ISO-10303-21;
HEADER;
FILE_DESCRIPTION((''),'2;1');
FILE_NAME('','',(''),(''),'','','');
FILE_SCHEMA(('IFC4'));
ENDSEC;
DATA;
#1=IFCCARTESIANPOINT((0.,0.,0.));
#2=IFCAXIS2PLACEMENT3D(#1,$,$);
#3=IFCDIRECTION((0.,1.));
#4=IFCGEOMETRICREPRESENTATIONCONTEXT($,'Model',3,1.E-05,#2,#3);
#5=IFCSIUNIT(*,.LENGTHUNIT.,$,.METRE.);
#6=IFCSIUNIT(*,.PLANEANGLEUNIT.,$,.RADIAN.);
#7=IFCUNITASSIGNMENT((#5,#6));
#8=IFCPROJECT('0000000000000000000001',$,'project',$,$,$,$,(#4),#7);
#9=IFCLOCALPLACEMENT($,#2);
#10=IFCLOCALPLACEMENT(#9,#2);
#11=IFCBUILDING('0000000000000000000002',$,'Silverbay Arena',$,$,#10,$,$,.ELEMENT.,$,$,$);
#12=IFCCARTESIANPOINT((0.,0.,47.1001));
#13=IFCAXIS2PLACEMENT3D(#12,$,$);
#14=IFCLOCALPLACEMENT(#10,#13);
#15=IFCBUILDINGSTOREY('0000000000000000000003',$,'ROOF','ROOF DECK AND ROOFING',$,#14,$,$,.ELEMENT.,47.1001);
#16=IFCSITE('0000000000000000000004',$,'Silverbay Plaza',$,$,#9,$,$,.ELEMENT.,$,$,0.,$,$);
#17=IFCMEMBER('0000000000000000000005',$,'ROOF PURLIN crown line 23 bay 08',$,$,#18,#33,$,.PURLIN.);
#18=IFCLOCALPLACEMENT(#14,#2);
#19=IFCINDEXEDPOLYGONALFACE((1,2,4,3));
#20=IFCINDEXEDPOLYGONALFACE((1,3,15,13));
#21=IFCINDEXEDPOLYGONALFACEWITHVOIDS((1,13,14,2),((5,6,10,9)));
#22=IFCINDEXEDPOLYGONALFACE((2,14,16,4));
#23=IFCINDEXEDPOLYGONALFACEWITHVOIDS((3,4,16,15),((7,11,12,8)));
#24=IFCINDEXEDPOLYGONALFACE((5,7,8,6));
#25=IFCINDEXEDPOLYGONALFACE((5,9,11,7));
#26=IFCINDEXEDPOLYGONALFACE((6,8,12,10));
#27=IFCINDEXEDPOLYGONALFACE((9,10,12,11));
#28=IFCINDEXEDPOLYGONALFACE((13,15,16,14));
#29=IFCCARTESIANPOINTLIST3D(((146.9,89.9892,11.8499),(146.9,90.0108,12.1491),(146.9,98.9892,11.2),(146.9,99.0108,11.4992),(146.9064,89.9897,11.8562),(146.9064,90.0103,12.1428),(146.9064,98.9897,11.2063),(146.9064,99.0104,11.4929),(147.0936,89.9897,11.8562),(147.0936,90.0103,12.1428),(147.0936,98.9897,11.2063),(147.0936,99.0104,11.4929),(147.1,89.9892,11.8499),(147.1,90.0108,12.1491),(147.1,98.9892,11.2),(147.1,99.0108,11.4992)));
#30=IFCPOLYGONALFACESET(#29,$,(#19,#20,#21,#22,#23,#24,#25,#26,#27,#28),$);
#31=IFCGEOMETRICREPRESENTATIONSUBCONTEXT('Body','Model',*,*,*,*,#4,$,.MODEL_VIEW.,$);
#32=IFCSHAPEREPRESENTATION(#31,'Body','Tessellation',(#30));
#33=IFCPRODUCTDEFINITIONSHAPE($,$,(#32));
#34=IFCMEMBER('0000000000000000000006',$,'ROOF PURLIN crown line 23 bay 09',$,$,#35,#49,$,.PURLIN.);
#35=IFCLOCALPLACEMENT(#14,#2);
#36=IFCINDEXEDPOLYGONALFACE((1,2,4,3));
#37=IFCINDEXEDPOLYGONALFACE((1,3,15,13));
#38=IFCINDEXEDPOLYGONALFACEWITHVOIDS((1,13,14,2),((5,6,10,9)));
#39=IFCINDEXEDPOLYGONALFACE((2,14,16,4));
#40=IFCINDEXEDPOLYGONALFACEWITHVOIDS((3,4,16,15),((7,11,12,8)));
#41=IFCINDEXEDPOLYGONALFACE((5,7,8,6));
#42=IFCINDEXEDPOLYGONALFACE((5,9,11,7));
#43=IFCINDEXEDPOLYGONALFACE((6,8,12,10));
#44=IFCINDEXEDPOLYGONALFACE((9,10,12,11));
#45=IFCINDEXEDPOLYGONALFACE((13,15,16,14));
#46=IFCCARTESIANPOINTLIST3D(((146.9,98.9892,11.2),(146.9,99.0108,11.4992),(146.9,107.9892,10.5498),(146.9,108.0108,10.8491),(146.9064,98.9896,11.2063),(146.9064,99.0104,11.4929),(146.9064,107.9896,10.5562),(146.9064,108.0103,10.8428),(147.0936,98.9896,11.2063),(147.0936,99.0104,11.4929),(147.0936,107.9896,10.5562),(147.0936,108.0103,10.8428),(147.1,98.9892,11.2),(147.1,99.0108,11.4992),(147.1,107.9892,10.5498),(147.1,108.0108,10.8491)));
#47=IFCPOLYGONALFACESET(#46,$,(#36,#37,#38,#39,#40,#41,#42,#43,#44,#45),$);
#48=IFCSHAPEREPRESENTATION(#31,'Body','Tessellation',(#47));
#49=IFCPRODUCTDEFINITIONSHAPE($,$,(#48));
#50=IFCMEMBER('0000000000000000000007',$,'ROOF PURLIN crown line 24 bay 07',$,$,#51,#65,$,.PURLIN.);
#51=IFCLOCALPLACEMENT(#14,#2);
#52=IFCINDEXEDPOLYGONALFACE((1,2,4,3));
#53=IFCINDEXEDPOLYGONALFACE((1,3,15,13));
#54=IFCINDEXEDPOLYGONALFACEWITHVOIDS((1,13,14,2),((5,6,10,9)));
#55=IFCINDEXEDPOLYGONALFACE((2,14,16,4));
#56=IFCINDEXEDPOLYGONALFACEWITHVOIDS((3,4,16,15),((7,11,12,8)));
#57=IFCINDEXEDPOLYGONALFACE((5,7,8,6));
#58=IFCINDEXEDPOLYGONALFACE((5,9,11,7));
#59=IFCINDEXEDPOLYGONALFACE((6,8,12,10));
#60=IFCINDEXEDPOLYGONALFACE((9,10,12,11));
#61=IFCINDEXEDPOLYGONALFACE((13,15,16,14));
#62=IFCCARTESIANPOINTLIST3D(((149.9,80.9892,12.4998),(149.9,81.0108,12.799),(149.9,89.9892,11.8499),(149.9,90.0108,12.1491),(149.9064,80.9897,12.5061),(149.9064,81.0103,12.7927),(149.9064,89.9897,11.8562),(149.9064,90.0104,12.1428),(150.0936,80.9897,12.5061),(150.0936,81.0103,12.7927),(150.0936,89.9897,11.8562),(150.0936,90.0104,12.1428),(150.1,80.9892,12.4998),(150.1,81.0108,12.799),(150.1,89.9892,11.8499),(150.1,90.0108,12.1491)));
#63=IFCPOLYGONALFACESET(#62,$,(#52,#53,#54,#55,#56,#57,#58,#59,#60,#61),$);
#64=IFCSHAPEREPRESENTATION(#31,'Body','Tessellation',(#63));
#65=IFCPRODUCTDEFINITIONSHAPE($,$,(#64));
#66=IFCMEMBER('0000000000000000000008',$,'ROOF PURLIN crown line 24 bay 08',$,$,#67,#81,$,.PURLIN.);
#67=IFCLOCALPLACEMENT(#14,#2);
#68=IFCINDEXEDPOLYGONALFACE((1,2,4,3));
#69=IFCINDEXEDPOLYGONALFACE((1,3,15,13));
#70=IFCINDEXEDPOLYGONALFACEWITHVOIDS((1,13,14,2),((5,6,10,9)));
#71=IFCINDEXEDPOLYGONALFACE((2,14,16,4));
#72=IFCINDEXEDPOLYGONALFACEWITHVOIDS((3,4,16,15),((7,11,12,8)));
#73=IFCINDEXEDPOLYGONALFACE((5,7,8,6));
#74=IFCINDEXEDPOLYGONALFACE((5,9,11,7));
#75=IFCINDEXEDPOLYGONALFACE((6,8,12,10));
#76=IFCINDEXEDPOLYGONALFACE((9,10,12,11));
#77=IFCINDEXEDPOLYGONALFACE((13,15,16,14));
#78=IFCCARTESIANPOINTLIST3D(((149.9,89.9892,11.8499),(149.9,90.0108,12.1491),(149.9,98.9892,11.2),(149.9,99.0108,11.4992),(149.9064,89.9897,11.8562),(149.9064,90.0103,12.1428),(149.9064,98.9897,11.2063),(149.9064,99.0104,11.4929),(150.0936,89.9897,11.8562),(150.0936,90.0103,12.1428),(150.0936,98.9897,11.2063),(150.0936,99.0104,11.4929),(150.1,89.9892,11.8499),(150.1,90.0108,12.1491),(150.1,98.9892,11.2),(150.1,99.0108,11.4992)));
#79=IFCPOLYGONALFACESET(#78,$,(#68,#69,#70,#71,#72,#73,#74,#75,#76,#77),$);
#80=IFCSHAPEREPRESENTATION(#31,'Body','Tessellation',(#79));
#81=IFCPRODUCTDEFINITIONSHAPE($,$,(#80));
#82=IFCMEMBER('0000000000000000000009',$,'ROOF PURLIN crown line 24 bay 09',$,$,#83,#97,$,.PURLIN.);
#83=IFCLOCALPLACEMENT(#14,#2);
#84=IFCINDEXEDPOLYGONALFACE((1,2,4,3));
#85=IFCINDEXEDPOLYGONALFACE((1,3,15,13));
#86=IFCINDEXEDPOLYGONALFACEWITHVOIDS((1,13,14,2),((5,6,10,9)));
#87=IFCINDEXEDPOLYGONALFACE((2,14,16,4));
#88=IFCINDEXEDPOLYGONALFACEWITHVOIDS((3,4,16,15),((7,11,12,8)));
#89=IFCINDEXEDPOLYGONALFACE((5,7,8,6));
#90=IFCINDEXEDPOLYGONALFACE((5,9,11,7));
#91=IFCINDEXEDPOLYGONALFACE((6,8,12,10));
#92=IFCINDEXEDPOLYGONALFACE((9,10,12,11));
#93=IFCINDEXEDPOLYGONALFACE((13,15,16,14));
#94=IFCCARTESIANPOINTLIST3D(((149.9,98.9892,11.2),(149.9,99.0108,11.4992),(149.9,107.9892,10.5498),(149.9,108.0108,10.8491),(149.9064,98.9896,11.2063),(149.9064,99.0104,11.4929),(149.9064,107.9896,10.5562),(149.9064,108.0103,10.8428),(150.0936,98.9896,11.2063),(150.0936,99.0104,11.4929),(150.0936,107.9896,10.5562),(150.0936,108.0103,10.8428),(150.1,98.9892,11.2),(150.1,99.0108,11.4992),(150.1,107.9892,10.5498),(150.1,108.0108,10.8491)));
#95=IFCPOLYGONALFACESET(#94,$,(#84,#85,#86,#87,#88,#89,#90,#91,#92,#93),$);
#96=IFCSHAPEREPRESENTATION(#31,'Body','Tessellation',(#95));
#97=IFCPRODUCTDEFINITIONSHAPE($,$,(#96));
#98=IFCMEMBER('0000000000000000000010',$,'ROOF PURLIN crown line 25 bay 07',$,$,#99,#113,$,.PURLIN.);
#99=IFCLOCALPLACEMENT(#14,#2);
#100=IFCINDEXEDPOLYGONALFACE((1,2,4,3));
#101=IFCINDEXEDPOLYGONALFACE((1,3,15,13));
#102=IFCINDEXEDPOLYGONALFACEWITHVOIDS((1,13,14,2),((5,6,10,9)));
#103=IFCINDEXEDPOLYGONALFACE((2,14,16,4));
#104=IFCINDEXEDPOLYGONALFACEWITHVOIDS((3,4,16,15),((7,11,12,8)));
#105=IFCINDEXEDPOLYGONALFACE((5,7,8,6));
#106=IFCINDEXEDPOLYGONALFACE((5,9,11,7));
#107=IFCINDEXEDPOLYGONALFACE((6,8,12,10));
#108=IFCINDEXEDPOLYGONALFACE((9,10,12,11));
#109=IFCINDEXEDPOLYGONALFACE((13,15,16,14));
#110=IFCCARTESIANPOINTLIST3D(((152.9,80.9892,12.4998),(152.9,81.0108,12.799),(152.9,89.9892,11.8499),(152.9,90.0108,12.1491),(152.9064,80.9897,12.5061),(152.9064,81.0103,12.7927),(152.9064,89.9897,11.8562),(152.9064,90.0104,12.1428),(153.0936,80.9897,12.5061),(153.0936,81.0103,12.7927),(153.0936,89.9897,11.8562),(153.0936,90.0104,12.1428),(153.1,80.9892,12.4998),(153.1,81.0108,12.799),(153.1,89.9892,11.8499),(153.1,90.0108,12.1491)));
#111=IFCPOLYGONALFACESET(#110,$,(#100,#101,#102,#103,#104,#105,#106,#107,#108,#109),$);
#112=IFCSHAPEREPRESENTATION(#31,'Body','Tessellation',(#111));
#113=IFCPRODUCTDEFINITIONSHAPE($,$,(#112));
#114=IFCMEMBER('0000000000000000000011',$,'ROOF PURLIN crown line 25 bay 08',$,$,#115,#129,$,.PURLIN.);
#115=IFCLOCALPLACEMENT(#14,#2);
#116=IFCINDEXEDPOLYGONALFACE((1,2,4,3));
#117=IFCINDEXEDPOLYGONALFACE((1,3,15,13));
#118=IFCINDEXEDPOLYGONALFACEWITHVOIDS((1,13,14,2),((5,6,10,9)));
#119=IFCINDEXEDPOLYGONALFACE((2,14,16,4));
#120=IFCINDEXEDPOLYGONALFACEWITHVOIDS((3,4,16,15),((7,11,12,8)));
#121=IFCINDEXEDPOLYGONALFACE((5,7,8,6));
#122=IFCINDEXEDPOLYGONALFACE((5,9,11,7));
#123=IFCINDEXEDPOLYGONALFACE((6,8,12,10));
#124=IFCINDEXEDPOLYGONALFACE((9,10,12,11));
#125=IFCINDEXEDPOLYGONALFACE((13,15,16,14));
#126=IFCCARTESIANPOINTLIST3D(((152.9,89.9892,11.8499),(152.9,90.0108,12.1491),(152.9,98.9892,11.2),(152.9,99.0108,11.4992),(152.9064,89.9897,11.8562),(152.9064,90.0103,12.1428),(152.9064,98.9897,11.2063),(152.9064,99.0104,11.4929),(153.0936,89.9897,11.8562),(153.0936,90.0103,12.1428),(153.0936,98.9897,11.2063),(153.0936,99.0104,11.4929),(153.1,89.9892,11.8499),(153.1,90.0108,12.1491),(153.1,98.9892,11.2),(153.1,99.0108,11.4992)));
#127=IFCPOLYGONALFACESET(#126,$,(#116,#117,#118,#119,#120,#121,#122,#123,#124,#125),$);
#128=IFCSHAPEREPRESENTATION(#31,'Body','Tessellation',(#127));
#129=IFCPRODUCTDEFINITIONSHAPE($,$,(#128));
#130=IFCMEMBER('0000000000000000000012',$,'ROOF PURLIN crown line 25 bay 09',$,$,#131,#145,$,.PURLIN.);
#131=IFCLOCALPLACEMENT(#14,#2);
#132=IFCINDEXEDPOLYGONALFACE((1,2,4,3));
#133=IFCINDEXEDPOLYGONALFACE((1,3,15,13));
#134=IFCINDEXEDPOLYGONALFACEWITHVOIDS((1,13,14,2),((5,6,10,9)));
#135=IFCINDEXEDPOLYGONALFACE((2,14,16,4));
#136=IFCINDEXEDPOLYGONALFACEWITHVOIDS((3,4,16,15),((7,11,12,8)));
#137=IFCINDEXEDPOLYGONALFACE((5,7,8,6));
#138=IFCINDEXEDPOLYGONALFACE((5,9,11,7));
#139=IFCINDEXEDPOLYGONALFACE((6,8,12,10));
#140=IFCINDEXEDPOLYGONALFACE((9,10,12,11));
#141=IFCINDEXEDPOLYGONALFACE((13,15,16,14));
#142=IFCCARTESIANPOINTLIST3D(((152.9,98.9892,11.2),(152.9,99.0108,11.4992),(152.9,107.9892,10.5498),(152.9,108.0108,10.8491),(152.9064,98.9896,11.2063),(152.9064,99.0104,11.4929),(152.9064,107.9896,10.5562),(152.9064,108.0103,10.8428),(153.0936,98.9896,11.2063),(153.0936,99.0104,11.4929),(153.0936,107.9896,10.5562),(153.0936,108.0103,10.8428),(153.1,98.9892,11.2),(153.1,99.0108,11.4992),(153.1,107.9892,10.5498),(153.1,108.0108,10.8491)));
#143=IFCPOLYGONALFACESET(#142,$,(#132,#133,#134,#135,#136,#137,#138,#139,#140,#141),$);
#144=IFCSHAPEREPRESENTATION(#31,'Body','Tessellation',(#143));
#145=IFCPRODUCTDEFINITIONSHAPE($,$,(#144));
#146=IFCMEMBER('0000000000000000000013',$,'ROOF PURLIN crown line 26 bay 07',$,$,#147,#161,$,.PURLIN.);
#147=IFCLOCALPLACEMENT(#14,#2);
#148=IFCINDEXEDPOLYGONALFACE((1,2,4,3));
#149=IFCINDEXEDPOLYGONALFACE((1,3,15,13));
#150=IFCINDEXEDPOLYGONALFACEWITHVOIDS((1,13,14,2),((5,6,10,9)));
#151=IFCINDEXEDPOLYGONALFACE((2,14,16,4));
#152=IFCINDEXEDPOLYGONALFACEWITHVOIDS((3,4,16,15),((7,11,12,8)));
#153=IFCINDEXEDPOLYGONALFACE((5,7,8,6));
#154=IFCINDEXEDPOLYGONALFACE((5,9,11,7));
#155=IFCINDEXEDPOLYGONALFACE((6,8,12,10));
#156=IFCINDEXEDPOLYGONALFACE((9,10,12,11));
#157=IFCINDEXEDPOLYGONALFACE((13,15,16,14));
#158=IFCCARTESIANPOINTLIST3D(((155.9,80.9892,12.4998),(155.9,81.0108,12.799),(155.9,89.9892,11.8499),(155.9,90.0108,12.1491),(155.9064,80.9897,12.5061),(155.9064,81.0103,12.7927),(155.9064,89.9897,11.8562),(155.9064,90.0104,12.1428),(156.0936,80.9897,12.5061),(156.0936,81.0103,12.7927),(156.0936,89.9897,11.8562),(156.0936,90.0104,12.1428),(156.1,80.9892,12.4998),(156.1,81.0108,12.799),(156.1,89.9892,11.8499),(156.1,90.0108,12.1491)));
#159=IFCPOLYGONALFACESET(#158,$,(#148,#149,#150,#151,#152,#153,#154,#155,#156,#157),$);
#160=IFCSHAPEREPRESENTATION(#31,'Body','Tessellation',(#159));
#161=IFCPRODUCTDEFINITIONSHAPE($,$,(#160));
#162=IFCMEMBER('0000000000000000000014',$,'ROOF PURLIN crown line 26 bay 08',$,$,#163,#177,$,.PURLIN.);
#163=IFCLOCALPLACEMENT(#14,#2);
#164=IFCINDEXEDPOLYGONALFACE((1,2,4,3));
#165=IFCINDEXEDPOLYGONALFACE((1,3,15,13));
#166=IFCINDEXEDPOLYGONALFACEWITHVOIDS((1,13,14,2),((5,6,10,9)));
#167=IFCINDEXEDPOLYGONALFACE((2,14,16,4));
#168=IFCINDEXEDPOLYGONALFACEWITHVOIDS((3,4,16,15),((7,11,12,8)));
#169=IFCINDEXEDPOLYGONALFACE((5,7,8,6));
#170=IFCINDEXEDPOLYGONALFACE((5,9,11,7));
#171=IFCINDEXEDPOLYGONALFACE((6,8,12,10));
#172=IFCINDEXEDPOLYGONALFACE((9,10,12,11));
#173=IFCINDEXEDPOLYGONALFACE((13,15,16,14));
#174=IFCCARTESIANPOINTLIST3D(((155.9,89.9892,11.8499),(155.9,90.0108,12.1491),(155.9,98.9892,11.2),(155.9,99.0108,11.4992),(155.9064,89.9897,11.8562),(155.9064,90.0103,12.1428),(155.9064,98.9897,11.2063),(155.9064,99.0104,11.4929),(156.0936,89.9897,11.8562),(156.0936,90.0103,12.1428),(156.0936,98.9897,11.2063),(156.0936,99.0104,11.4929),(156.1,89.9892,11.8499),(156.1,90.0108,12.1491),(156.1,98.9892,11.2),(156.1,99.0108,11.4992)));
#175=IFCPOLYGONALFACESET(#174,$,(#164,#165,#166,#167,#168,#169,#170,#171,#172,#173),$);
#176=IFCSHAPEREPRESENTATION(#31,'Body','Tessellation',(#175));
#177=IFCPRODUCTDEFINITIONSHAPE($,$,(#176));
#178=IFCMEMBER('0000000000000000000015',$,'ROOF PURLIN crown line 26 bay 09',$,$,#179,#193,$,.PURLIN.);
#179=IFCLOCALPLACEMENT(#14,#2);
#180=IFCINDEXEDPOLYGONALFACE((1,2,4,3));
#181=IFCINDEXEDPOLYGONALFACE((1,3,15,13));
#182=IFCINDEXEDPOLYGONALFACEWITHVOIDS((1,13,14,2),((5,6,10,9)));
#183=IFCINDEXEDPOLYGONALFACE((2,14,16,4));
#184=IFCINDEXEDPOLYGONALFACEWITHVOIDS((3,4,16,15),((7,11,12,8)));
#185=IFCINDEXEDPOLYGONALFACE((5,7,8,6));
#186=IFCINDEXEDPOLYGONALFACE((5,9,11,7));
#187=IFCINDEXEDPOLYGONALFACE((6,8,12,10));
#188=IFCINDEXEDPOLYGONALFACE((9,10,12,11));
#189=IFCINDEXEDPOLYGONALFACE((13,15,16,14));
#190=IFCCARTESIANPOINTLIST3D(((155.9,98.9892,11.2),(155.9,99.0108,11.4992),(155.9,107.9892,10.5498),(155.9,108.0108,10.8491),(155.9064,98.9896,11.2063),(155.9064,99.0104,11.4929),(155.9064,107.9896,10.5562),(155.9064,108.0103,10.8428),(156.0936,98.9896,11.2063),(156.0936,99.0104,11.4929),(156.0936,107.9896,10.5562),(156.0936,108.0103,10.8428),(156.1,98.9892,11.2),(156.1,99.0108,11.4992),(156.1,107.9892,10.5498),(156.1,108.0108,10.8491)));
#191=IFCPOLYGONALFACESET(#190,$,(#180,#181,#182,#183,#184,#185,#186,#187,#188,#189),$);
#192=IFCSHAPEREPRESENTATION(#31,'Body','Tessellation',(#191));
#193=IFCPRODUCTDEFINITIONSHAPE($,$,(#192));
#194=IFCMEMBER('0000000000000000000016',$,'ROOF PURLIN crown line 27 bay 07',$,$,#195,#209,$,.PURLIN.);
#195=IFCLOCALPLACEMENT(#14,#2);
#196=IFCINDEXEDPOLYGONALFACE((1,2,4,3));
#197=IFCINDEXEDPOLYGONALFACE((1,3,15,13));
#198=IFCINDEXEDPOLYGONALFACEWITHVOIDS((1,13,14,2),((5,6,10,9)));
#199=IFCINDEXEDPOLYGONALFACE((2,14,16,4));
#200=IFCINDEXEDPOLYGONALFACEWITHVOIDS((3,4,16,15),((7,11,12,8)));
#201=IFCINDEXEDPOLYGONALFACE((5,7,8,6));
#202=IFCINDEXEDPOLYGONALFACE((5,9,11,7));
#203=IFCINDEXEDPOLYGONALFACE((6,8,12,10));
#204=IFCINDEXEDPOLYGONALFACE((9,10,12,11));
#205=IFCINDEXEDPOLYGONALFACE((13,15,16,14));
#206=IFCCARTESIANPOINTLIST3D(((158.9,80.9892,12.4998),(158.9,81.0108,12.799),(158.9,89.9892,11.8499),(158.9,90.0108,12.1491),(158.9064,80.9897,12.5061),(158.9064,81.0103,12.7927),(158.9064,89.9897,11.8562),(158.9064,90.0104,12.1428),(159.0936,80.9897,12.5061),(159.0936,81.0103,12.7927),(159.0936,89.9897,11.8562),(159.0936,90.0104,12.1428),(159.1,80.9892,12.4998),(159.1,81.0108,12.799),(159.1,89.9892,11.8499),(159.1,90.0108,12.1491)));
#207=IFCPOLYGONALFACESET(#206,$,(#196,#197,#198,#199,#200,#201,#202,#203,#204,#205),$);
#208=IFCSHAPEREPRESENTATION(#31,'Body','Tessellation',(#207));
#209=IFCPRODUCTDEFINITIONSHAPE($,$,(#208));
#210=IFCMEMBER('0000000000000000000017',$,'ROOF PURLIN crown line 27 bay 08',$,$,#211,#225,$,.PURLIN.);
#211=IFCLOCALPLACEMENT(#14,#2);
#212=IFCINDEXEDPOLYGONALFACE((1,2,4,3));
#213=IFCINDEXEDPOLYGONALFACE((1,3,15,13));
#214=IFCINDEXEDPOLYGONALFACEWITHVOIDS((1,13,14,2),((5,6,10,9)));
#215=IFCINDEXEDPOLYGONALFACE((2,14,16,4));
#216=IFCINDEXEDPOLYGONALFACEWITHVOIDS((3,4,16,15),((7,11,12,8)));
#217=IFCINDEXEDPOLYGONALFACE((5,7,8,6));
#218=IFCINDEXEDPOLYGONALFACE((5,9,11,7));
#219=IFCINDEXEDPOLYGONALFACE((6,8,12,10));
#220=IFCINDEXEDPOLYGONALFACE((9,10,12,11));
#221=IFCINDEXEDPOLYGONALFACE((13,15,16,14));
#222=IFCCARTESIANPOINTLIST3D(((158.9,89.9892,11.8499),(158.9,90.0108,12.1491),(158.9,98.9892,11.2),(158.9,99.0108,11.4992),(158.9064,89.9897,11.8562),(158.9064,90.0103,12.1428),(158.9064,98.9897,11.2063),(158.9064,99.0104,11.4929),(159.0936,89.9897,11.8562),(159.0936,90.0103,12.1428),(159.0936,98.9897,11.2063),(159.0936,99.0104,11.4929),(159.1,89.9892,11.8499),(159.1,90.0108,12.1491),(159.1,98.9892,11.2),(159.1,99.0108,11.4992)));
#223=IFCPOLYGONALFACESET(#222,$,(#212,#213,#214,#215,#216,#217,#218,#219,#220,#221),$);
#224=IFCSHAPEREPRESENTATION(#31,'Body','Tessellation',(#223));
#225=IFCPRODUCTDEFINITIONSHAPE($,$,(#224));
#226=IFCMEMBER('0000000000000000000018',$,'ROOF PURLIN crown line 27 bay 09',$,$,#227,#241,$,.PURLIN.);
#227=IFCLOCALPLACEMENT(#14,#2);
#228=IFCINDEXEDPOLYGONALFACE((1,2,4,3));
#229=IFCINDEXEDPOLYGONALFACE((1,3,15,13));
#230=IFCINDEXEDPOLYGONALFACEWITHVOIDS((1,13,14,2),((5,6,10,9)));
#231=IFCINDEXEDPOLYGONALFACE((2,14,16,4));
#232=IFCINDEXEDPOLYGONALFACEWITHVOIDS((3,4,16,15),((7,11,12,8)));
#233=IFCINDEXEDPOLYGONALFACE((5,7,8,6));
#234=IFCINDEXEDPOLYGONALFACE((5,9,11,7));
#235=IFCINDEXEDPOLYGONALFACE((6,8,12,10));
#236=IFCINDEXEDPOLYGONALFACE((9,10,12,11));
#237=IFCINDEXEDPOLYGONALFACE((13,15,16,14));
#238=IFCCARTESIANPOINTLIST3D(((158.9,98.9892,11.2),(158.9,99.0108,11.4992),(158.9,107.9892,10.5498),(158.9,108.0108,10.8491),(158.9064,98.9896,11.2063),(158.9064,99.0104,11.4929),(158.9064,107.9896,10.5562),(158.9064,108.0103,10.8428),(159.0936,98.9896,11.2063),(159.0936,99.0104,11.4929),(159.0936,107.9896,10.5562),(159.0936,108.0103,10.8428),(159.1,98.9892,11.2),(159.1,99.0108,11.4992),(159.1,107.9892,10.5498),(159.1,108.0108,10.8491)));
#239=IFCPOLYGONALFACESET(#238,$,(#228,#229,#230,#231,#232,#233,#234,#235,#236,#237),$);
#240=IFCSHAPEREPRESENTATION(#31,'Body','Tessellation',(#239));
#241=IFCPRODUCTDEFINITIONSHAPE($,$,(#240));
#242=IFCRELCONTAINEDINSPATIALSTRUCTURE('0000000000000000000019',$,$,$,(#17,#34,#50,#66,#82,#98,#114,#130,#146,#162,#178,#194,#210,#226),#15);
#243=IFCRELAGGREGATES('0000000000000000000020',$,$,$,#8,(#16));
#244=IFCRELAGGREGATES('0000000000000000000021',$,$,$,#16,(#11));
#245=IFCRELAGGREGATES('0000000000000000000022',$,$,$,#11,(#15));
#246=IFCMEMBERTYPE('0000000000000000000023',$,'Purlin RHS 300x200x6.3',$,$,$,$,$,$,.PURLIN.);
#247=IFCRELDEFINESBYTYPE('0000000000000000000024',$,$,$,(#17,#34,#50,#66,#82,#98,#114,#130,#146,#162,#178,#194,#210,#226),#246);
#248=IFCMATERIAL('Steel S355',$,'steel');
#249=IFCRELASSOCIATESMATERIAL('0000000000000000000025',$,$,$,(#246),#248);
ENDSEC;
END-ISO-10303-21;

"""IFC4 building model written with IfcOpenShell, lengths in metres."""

from ifc_helpers import new_model, si_unit, direction, frame, origin, origin_2d, place, context, subcontext, project, spatial, hollow_rectangle, extrude, material, material_profile, profile_set, type_object, element, save


model = new_model("IFC4")

# Units and contexts
model_context = context("Model", 3, precision=1e-05, world=origin(), true_north=direction((0.0, 1.0)))
body_context = subcontext(model_context, "Body", "Model", "MODEL_VIEW")
ifc_project = project(units=[si_unit("LENGTHUNIT", "METRE"), si_unit("PLANEANGLEUNIT", "RADIAN")], contexts=[model_context])

# Site, building, storey
site_placement = place(None, origin())
site = spatial("IfcSite", under=ifc_project, at=site_placement, Name="Silverbay Plaza", CompositionType="ELEMENT", RefElevation=0.0)
building_placement = place(site_placement, origin())
building = spatial("IfcBuilding", under=site, at=building_placement, Name="Silverbay Arena", CompositionType="ELEMENT")
storey_placement = place(building_placement, frame((0.0, 0.0, 47.1001)))
storey = spatial("IfcBuildingStorey", under=building, at=storey_placement, Name="ROOF", Description="ROOF DECK AND ROOFING", CompositionType="ELEMENT", Elevation=47.1001)

# Members
ifc_material_1 = material(Name="Steel S355", Category="steel")
ifc_material_profile_1 = material_profile(ifc_material_1, hollow_rectangle(XDim=0.2, YDim=0.3, WallThickness=0.0063, at=origin_2d()), Name="RHS 300x200x6.3")
ifc_profile_set_1 = profile_set([ifc_material_profile_1], Name="Steel S355")
member_type_1 = type_object("IfcMemberType", Name="Purlin RHS 300x200x6.3", PredefinedType="PURLIN", material=ifc_profile_set_1)
for number, where, z_axis, x_axis, name in (
    (1, (147.0, 90.0, 11.9995), (0.0, 0.997403, -0.072024), (-1.0, 0.0, 0.0), "ROOF PURLIN crown line 23 bay 08"),
    (2, (147.0, 99.0, 11.3496), (0.0, 0.997401, -0.072051), (-1.0, 0.0, 0.0), "ROOF PURLIN crown line 23 bay 09"),
    (3, (150.0, 81.0, 12.6494), (0.0, 0.997403, -0.072024), (-1.0, 0.0, 0.0), "ROOF PURLIN crown line 24 bay 07"),
    (4, (150.0, 90.0, 11.9995), (0.0, 0.997403, -0.072024), (-1.0, 0.0, 0.0), "ROOF PURLIN crown line 24 bay 08"),
    (5, (150.0, 99.0, 11.3496), (0.0, 0.997401, -0.072051), (-1.0, 0.0, 0.0), "ROOF PURLIN crown line 24 bay 09"),
    (6, (153.0, 81.0, 12.6494), (0.0, 0.997403, -0.072024), (-1.0, 0.0, 0.0), "ROOF PURLIN crown line 25 bay 07"),
    (7, (153.0, 90.0, 11.9995), (0.0, 0.997403, -0.072024), (-1.0, 0.0, 0.0), "ROOF PURLIN crown line 25 bay 08"),
    (8, (153.0, 99.0, 11.3496), (0.0, 0.997401, -0.072051), (-1.0, 0.0, 0.0), "ROOF PURLIN crown line 25 bay 09"),
    (9, (156.0, 81.0, 12.6494), (0.0, 0.997403, -0.072024), (-1.0, 0.0, 0.0), "ROOF PURLIN crown line 26 bay 07"),
    (10, (156.0, 90.0, 11.9995), (0.0, 0.997403, -0.072024), (-1.0, 0.0, 0.0), "ROOF PURLIN crown line 26 bay 08"),
    (11, (156.0, 99.0, 11.3496), (0.0, 0.997401, -0.072051), (-1.0, 0.0, 0.0), "ROOF PURLIN crown line 26 bay 09"),
    (12, (159.0, 81.0, 12.6494), (0.0, 0.997403, -0.072024), (-1.0, 0.0, 0.0), "ROOF PURLIN crown line 27 bay 07"),
    (13, (159.0, 90.0, 11.9995), (0.0, 0.997403, -0.072024), (-1.0, 0.0, 0.0), "ROOF PURLIN crown line 27 bay 08"),
    (14, (159.0, 99.0, 11.3496), (0.0, 0.997401, -0.072051), (-1.0, 0.0, 0.0), "ROOF PURLIN crown line 27 bay 09"),
):
    element("IfcMember", number, at=place(storey_placement, frame(where, z_axis=z_axis, x_axis=x_axis)), inside=storey, type_object=member_type_1, Name=name, PredefinedType="PURLIN", context=body_context, shape_type="SweptSolid", body=[
        extrude(hollow_rectangle(XDim=0.2, YDim=0.3, WallThickness=0.0063, at=origin_2d()), origin(), (0.0, 0.0, 1.0), 9.0234),
    ])

save(model, "model.ifc")
